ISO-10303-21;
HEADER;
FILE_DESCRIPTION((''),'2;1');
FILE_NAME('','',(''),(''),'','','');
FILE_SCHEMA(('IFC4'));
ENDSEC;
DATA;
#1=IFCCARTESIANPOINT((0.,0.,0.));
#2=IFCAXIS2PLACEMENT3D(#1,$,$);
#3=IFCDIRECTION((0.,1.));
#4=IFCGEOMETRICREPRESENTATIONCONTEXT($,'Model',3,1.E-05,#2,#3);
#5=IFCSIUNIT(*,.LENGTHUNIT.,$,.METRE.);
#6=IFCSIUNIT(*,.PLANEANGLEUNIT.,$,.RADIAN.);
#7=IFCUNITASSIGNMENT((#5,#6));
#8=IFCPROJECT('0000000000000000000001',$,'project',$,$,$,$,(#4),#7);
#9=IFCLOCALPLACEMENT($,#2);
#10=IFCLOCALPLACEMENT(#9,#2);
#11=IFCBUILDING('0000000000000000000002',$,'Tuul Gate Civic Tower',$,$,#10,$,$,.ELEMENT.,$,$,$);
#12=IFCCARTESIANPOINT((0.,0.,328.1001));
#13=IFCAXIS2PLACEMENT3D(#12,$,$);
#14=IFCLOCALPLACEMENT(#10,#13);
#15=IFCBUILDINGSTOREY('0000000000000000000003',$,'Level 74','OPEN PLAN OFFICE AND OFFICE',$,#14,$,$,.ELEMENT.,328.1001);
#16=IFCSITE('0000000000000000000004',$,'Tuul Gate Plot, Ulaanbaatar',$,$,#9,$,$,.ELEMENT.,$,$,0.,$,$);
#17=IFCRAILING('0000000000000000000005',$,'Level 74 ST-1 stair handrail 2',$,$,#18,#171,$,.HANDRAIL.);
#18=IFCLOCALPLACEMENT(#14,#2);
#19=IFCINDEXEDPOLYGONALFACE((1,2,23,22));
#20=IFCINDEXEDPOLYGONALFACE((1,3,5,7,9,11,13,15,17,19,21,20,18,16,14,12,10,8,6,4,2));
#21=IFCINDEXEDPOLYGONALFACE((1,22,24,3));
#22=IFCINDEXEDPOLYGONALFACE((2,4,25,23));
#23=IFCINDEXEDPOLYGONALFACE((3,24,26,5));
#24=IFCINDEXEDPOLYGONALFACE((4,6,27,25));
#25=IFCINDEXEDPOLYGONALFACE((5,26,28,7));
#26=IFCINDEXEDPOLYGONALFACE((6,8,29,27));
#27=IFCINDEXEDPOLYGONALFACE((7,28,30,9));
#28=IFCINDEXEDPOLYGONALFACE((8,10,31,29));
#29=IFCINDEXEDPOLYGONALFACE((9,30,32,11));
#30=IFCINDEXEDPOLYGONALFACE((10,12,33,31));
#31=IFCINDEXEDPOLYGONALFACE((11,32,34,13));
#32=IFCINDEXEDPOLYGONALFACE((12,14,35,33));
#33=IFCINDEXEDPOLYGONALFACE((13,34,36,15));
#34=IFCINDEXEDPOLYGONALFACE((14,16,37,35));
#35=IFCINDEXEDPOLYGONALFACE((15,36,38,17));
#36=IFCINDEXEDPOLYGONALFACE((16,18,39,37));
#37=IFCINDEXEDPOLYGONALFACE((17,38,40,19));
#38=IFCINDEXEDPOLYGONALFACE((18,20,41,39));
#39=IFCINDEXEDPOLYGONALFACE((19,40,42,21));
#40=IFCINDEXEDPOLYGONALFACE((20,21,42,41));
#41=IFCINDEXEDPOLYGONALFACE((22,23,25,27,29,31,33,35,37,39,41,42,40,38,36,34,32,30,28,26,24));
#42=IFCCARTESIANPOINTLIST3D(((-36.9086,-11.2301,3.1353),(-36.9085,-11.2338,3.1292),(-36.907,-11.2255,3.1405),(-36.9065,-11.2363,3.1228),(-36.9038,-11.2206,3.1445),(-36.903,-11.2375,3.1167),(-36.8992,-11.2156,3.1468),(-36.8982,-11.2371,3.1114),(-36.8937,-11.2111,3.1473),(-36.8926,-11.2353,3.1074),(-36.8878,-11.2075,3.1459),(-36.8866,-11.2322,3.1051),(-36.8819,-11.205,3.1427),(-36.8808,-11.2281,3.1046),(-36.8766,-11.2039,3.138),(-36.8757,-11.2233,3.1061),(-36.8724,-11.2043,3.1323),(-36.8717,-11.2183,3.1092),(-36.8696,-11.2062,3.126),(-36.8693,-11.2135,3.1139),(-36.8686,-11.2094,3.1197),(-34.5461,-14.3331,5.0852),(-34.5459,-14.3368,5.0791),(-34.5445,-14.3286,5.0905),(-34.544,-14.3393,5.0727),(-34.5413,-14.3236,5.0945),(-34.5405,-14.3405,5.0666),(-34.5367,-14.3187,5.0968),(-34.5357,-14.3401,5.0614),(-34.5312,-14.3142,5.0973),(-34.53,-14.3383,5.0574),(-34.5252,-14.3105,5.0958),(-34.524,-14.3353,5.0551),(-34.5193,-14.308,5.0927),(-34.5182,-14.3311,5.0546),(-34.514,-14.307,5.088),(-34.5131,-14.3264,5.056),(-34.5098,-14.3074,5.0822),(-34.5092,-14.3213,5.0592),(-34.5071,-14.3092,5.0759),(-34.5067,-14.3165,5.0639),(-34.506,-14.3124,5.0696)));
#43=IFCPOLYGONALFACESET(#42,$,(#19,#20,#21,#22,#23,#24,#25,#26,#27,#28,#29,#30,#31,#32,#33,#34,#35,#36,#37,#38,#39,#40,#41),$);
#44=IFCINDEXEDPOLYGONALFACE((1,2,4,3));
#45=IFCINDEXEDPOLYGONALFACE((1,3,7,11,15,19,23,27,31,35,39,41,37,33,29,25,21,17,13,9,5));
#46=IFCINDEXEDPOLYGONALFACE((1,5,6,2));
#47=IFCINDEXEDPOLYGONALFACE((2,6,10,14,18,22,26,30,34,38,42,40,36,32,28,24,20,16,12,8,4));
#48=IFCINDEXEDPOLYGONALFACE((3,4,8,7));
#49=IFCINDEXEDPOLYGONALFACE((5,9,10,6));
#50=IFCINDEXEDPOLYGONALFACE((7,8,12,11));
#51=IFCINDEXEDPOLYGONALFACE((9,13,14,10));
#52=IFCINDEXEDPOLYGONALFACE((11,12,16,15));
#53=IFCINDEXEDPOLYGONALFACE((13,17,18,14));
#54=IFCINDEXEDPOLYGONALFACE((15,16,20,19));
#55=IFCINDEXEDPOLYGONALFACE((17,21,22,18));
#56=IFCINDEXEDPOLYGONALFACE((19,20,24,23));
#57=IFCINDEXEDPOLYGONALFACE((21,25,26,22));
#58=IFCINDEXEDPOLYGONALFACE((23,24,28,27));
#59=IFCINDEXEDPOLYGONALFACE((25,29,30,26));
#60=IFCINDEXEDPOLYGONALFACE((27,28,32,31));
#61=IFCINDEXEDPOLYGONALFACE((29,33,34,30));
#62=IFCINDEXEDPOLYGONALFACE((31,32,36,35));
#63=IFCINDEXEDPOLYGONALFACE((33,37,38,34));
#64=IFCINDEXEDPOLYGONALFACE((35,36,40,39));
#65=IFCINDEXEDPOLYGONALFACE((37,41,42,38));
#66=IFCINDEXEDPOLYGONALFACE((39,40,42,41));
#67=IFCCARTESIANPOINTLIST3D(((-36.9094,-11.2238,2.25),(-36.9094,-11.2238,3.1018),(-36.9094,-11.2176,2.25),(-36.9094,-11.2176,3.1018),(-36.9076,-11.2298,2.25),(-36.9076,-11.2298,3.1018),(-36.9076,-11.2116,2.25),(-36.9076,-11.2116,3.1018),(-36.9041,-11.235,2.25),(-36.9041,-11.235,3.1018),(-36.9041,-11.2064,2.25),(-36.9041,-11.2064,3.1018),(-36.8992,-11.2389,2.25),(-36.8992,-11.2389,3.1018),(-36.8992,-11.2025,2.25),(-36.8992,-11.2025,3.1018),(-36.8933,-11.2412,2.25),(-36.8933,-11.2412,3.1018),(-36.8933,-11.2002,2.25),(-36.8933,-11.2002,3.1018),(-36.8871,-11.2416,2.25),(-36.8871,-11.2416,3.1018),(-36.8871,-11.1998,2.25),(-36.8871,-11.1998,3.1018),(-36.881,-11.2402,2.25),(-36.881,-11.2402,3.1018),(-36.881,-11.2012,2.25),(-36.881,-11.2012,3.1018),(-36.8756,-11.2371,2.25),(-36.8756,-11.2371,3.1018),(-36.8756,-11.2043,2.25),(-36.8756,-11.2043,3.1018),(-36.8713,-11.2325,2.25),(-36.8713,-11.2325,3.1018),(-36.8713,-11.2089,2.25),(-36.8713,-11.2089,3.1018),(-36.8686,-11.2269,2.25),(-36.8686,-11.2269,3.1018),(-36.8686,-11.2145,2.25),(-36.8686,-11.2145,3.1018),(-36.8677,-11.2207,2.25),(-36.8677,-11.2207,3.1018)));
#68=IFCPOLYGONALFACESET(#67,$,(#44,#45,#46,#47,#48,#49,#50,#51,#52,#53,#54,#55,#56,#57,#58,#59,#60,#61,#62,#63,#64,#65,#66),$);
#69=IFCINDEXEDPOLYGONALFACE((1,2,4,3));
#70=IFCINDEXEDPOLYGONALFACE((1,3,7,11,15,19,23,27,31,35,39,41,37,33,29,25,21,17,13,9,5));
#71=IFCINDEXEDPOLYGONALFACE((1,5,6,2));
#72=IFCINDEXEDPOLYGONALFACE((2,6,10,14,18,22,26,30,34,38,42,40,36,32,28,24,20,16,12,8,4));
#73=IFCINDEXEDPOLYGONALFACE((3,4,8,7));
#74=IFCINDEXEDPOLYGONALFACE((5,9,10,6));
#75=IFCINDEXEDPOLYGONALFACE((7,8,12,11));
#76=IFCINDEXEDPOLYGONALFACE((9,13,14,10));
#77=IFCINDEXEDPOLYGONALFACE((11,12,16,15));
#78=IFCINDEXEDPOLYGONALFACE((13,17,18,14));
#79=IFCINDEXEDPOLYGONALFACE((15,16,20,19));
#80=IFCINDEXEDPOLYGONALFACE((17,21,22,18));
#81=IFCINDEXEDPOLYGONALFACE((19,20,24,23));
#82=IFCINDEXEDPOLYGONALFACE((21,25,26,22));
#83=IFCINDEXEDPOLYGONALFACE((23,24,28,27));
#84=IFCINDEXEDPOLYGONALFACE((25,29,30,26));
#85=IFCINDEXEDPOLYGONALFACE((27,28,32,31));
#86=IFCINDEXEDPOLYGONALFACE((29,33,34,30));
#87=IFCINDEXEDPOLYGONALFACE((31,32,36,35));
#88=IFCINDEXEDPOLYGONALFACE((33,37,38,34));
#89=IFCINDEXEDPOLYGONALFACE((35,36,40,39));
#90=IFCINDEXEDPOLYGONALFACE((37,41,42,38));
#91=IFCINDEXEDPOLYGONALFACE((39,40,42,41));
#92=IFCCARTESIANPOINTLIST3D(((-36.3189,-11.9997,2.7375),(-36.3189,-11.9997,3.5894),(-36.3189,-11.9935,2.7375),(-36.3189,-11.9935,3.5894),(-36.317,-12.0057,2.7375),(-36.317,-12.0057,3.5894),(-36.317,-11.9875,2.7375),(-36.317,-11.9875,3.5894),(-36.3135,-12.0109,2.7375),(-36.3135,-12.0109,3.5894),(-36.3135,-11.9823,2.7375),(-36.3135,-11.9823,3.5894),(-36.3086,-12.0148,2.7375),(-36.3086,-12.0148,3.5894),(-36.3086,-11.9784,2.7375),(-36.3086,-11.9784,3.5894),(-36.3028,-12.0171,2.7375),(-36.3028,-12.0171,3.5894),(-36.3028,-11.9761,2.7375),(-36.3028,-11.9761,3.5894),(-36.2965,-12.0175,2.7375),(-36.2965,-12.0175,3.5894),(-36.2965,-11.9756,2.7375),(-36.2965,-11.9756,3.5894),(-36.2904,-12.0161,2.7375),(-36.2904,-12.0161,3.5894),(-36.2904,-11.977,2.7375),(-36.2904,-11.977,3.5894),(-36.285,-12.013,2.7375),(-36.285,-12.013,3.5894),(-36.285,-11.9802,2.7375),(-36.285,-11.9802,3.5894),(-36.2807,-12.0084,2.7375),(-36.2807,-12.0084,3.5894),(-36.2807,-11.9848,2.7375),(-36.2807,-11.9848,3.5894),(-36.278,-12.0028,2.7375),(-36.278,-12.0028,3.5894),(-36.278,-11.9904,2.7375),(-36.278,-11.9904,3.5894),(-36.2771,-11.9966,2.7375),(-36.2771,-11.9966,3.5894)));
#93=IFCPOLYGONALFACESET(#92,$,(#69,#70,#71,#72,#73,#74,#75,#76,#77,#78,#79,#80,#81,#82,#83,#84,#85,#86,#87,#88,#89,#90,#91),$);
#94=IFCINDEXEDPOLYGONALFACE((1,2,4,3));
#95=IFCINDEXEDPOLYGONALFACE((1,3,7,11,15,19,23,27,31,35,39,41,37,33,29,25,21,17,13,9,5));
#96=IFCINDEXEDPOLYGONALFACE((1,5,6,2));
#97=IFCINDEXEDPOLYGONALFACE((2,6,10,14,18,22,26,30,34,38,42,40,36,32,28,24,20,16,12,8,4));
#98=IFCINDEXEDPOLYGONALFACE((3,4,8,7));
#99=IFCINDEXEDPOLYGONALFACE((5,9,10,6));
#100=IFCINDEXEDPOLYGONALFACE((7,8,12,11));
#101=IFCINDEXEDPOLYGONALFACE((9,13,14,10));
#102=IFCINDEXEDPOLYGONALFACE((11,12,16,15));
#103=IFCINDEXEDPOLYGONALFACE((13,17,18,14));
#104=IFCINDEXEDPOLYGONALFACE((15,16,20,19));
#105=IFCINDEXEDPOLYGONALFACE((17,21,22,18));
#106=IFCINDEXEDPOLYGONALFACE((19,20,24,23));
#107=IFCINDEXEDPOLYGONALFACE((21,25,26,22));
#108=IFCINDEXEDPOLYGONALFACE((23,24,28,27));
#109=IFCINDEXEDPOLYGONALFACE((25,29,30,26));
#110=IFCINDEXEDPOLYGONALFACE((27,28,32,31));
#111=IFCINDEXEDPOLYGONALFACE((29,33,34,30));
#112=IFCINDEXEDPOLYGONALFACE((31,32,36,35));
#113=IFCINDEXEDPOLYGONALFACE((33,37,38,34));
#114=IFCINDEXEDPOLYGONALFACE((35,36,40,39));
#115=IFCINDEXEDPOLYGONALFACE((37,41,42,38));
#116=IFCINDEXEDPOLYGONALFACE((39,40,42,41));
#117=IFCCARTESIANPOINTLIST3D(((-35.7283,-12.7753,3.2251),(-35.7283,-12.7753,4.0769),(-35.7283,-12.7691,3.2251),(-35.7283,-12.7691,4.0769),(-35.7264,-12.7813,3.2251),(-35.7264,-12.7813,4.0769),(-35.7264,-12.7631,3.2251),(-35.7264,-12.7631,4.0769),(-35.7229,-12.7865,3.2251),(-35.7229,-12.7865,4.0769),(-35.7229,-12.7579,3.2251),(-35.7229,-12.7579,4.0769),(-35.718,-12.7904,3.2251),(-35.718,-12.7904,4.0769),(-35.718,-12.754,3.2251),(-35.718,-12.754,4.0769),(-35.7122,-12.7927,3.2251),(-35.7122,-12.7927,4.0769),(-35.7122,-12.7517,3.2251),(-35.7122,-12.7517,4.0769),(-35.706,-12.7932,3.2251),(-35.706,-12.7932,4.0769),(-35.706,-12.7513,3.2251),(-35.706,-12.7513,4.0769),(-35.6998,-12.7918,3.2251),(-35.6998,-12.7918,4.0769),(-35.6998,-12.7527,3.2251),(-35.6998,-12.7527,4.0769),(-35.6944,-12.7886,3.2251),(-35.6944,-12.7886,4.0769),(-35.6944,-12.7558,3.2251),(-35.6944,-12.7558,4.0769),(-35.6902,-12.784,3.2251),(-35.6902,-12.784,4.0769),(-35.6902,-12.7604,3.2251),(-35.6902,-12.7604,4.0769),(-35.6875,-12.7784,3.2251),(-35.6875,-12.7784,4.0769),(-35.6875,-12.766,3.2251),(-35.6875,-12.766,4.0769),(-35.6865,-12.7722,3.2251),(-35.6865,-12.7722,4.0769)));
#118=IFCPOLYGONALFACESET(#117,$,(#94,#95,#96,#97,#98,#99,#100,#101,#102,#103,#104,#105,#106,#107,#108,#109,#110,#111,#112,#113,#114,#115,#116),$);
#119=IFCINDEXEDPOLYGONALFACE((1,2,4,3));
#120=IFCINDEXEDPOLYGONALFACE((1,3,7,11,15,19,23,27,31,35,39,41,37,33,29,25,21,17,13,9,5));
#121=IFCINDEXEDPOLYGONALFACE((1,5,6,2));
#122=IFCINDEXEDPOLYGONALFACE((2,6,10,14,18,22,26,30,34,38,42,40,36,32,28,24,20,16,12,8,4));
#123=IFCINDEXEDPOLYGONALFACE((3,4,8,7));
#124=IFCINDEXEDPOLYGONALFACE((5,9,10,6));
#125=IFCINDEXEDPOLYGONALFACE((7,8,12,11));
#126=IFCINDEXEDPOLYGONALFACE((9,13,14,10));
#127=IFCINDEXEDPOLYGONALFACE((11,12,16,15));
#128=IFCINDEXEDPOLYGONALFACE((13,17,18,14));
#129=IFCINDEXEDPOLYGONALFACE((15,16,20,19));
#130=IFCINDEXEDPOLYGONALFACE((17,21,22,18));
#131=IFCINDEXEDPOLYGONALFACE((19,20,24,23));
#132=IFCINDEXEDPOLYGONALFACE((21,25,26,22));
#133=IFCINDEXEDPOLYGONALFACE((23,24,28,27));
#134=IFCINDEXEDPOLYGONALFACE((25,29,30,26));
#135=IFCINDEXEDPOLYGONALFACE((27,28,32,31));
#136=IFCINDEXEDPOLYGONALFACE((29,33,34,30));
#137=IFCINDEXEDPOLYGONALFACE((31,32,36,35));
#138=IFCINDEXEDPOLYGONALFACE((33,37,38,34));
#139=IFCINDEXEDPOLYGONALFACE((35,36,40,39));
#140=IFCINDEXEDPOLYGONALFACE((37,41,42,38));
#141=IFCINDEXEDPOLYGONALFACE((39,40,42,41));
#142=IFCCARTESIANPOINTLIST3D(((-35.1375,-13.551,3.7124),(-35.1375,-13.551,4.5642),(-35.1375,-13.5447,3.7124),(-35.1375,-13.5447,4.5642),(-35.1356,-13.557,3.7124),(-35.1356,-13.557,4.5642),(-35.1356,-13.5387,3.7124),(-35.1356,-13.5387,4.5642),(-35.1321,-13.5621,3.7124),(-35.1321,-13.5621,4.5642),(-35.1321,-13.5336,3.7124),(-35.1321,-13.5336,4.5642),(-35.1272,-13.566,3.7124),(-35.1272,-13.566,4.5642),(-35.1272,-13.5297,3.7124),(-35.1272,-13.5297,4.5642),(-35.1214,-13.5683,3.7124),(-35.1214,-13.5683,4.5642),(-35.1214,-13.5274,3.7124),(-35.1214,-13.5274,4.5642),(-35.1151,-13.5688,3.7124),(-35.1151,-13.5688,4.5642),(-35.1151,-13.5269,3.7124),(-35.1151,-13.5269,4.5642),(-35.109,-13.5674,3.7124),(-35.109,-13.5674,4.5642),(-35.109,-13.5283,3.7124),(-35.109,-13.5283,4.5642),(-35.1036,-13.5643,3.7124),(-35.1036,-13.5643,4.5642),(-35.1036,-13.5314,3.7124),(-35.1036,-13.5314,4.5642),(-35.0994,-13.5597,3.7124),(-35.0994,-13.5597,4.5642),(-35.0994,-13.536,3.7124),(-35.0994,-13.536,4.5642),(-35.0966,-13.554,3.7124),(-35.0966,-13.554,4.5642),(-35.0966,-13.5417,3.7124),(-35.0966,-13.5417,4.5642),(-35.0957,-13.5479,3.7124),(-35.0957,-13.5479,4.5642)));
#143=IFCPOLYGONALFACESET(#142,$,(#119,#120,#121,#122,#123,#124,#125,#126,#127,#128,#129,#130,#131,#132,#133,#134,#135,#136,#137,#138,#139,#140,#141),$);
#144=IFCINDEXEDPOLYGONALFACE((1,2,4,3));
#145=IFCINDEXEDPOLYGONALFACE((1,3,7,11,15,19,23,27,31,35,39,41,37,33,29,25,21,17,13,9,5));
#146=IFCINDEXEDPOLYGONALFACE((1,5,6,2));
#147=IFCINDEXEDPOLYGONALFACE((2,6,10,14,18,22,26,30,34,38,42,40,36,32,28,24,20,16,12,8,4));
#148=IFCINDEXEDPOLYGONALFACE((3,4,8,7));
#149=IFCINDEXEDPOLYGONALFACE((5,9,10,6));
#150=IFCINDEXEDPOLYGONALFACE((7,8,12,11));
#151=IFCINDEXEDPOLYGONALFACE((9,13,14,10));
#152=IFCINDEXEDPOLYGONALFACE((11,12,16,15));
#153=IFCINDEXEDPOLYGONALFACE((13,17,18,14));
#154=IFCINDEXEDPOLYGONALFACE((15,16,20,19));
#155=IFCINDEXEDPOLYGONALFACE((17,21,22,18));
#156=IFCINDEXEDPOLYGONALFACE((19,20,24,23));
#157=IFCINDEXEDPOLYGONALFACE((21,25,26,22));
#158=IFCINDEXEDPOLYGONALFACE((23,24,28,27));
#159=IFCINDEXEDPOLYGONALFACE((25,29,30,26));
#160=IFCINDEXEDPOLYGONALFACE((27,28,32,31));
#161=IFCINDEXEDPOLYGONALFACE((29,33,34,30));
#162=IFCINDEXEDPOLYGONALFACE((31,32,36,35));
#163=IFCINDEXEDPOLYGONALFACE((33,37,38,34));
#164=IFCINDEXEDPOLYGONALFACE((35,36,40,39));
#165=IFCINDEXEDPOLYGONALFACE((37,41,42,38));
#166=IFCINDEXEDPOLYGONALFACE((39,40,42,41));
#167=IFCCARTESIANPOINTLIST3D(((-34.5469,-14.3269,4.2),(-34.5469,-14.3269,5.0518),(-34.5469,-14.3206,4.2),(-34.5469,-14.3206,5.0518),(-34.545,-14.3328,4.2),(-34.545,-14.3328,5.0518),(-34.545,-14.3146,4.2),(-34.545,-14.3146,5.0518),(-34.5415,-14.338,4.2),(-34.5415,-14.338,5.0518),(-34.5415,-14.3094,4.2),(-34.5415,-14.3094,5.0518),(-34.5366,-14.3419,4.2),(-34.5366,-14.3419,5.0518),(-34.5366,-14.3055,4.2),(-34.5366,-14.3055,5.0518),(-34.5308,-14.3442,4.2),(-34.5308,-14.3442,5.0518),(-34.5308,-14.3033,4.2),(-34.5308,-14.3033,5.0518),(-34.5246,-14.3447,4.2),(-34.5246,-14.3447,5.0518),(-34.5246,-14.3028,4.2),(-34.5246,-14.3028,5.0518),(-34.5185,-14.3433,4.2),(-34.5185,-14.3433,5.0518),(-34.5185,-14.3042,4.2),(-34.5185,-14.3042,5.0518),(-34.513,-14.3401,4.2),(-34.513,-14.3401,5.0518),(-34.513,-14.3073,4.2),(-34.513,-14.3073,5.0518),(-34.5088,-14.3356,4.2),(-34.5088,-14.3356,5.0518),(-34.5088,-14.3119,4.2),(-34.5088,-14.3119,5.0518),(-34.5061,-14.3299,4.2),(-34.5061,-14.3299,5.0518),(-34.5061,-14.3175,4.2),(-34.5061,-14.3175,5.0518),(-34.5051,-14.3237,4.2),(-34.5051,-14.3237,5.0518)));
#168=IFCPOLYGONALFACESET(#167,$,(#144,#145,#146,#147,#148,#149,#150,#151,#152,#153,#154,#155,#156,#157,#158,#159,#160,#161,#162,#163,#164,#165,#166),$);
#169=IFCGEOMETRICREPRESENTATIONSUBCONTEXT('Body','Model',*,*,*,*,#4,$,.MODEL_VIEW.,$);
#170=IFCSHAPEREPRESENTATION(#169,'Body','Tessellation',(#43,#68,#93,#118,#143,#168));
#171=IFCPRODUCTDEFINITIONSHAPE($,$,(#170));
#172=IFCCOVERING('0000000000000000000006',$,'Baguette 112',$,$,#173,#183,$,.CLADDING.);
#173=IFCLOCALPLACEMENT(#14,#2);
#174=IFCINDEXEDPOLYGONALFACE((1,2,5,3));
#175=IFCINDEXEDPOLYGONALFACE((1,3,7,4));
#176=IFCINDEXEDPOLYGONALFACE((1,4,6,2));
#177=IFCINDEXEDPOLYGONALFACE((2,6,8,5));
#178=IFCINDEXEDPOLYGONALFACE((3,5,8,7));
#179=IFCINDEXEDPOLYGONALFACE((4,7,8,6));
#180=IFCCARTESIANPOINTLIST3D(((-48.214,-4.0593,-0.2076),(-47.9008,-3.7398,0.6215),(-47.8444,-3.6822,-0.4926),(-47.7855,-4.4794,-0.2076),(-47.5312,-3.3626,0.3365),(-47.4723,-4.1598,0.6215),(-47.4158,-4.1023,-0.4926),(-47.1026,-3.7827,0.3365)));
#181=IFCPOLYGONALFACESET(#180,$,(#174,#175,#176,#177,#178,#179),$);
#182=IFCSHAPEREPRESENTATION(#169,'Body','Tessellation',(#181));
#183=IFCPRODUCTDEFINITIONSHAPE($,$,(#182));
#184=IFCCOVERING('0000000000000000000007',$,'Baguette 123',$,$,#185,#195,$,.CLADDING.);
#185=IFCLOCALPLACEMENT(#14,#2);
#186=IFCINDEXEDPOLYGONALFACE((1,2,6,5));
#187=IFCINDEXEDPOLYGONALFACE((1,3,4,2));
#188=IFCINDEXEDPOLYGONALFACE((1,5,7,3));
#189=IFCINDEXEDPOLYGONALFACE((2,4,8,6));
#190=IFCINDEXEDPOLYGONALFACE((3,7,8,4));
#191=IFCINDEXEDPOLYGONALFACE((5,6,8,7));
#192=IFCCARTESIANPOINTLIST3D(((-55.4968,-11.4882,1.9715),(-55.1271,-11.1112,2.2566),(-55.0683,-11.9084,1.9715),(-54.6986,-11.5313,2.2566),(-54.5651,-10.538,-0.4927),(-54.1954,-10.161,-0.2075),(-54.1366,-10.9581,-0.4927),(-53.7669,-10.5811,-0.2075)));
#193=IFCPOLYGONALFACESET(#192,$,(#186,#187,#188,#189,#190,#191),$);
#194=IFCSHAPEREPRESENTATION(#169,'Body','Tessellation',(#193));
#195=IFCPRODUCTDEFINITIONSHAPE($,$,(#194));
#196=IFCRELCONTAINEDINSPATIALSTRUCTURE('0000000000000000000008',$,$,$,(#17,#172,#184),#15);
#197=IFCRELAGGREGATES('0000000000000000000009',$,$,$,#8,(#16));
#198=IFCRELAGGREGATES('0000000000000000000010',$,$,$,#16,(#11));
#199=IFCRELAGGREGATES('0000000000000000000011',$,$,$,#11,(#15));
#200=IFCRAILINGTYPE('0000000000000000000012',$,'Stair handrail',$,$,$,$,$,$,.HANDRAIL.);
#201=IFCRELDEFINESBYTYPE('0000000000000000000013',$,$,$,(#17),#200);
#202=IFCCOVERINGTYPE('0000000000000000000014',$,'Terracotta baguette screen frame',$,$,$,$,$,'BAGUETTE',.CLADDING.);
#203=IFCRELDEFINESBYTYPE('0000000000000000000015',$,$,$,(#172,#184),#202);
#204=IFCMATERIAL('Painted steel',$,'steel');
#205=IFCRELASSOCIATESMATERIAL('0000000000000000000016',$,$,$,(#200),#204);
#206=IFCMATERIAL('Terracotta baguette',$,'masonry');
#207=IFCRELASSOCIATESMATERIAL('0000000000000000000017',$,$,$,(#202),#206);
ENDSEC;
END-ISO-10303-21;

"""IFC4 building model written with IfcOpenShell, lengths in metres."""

from ifc_helpers import new_model, si_unit, direction, frame, origin, origin_2d, place, context, subcontext, project, spatial, rectangle, circle, extrude, material, material_profile, profile_set, type_object, element, save


model = new_model("IFC4")

# Units and contexts
model_context = context("Model", 3, precision=1e-05, world=origin(), true_north=direction((0.0, 1.0)))
body_context = subcontext(model_context, "Body", "Model", "MODEL_VIEW")
ifc_project = project(units=[si_unit("LENGTHUNIT", "METRE"), si_unit("PLANEANGLEUNIT", "RADIAN")], contexts=[model_context])

# Site, building, storey
site_placement = place(None, origin())
site = spatial("IfcSite", under=ifc_project, at=site_placement, Name="Tuul Gate Plot, Ulaanbaatar", CompositionType="ELEMENT", RefElevation=0.0)
building_placement = place(site_placement, origin())
building = spatial("IfcBuilding", under=site, at=building_placement, Name="Tuul Gate Civic Tower", CompositionType="ELEMENT")
storey_placement = place(building_placement, frame((0.0, 0.0, 328.1001)))
storey = spatial("IfcBuildingStorey", under=building, at=storey_placement, Name="Level 74", Description="OPEN PLAN OFFICE AND OFFICE", CompositionType="ELEMENT", Elevation=328.1001)

# Railing
ifc_material_1 = material(Name="Painted steel", Category="steel")
railing_type = type_object("IfcRailingType", Name="Stair handrail", PredefinedType="HANDRAIL", material=ifc_material_1)
railing_placement = place(storey_placement, frame((-36.8887, -11.2207, 2.25)))
element("IfcRailing", 1, at=railing_placement, inside=storey, type_object=railing_type, Name="Level 74 ST-1 stair handrail 2", PredefinedType="HANDRAIL", context=body_context, shape_type="SweptSolid", body=[
    extrude(circle(Radius=0.0239, at=origin_2d()), frame((0.0, 0.0, 0.876), z_axis=(0.541824, -0.711645, 0.4472), x_axis=(0.795637, 0.605773, 0.0)), (0.0, 0.0, 1.0), 4.3604),
    extrude(circle(Radius=0.021, at=origin_2d()), origin(), (0.0, 0.0, 1.0), 0.8518),
    extrude(circle(Radius=0.021, at=origin_2d()), frame((0.5906, -0.7759, 0.4875)), (0.0, 0.0, 1.0), 0.8518),
    extrude(circle(Radius=0.021, at=origin_2d()), frame((1.1812, -1.5515, 0.9751)), (0.0, 0.0, 1.0), 0.8518),
    extrude(circle(Radius=0.021, at=origin_2d()), frame((1.772, -2.3271, 1.4624)), (0.0, 0.0, 1.0), 0.8518),
    extrude(circle(Radius=0.021, at=origin_2d()), frame((2.3625, -3.103, 1.95)), (0.0, 0.0, 1.0), 0.8518),
])

# Coverings
ifc_material_2 = material(Name="Terracotta baguette", Category="masonry")
ifc_material_profile_1 = material_profile(ifc_material_2, rectangle(XDim=0.6001, YDim=0.6001, at=origin_2d()), Name="Terracotta baguette screen frame")
ifc_profile_set_1 = profile_set([ifc_material_profile_1], Name="Terracotta baguette")
covering_type = type_object("IfcCoveringType", Name="Terracotta baguette screen frame", ElementType="BAGUETTE", PredefinedType="CLADDING", material=ifc_profile_set_1)
covering_1_placement = place(storey_placement, frame((-47.5017, -3.7612, 0.479), z_axis=(-0.332464, -0.339201, -0.880006), x_axis=(0.714164, -0.699979, 0.0)))
element("IfcCovering", 2, at=covering_1_placement, inside=storey, type_object=covering_type, Name="Baguette 112", PredefinedType="CLADDING", context=body_context, shape_type="SweptSolid", body=[
    extrude(rectangle(XDim=0.6001, YDim=0.6001, at=origin_2d()), origin(), (0.0, 0.0, 1.0), 0.9421),
])
covering_2_placement = place(storey_placement, frame((-54.166, -10.5596, -0.3501), z_axis=(-0.332672, -0.339298, 0.87989), x_axis=(0.714044, -0.700101, 0.0)))
element("IfcCovering", 3, at=covering_2_placement, inside=storey, type_object=covering_type, Name="Baguette 123", PredefinedType="CLADDING", context=body_context, shape_type="SweptSolid", body=[
    extrude(rectangle(XDim=0.6001, YDim=0.6001, at=origin_2d()), origin(), (0.0, 0.0, 1.0), 2.8005),
])

save(model, "model.ifc")
